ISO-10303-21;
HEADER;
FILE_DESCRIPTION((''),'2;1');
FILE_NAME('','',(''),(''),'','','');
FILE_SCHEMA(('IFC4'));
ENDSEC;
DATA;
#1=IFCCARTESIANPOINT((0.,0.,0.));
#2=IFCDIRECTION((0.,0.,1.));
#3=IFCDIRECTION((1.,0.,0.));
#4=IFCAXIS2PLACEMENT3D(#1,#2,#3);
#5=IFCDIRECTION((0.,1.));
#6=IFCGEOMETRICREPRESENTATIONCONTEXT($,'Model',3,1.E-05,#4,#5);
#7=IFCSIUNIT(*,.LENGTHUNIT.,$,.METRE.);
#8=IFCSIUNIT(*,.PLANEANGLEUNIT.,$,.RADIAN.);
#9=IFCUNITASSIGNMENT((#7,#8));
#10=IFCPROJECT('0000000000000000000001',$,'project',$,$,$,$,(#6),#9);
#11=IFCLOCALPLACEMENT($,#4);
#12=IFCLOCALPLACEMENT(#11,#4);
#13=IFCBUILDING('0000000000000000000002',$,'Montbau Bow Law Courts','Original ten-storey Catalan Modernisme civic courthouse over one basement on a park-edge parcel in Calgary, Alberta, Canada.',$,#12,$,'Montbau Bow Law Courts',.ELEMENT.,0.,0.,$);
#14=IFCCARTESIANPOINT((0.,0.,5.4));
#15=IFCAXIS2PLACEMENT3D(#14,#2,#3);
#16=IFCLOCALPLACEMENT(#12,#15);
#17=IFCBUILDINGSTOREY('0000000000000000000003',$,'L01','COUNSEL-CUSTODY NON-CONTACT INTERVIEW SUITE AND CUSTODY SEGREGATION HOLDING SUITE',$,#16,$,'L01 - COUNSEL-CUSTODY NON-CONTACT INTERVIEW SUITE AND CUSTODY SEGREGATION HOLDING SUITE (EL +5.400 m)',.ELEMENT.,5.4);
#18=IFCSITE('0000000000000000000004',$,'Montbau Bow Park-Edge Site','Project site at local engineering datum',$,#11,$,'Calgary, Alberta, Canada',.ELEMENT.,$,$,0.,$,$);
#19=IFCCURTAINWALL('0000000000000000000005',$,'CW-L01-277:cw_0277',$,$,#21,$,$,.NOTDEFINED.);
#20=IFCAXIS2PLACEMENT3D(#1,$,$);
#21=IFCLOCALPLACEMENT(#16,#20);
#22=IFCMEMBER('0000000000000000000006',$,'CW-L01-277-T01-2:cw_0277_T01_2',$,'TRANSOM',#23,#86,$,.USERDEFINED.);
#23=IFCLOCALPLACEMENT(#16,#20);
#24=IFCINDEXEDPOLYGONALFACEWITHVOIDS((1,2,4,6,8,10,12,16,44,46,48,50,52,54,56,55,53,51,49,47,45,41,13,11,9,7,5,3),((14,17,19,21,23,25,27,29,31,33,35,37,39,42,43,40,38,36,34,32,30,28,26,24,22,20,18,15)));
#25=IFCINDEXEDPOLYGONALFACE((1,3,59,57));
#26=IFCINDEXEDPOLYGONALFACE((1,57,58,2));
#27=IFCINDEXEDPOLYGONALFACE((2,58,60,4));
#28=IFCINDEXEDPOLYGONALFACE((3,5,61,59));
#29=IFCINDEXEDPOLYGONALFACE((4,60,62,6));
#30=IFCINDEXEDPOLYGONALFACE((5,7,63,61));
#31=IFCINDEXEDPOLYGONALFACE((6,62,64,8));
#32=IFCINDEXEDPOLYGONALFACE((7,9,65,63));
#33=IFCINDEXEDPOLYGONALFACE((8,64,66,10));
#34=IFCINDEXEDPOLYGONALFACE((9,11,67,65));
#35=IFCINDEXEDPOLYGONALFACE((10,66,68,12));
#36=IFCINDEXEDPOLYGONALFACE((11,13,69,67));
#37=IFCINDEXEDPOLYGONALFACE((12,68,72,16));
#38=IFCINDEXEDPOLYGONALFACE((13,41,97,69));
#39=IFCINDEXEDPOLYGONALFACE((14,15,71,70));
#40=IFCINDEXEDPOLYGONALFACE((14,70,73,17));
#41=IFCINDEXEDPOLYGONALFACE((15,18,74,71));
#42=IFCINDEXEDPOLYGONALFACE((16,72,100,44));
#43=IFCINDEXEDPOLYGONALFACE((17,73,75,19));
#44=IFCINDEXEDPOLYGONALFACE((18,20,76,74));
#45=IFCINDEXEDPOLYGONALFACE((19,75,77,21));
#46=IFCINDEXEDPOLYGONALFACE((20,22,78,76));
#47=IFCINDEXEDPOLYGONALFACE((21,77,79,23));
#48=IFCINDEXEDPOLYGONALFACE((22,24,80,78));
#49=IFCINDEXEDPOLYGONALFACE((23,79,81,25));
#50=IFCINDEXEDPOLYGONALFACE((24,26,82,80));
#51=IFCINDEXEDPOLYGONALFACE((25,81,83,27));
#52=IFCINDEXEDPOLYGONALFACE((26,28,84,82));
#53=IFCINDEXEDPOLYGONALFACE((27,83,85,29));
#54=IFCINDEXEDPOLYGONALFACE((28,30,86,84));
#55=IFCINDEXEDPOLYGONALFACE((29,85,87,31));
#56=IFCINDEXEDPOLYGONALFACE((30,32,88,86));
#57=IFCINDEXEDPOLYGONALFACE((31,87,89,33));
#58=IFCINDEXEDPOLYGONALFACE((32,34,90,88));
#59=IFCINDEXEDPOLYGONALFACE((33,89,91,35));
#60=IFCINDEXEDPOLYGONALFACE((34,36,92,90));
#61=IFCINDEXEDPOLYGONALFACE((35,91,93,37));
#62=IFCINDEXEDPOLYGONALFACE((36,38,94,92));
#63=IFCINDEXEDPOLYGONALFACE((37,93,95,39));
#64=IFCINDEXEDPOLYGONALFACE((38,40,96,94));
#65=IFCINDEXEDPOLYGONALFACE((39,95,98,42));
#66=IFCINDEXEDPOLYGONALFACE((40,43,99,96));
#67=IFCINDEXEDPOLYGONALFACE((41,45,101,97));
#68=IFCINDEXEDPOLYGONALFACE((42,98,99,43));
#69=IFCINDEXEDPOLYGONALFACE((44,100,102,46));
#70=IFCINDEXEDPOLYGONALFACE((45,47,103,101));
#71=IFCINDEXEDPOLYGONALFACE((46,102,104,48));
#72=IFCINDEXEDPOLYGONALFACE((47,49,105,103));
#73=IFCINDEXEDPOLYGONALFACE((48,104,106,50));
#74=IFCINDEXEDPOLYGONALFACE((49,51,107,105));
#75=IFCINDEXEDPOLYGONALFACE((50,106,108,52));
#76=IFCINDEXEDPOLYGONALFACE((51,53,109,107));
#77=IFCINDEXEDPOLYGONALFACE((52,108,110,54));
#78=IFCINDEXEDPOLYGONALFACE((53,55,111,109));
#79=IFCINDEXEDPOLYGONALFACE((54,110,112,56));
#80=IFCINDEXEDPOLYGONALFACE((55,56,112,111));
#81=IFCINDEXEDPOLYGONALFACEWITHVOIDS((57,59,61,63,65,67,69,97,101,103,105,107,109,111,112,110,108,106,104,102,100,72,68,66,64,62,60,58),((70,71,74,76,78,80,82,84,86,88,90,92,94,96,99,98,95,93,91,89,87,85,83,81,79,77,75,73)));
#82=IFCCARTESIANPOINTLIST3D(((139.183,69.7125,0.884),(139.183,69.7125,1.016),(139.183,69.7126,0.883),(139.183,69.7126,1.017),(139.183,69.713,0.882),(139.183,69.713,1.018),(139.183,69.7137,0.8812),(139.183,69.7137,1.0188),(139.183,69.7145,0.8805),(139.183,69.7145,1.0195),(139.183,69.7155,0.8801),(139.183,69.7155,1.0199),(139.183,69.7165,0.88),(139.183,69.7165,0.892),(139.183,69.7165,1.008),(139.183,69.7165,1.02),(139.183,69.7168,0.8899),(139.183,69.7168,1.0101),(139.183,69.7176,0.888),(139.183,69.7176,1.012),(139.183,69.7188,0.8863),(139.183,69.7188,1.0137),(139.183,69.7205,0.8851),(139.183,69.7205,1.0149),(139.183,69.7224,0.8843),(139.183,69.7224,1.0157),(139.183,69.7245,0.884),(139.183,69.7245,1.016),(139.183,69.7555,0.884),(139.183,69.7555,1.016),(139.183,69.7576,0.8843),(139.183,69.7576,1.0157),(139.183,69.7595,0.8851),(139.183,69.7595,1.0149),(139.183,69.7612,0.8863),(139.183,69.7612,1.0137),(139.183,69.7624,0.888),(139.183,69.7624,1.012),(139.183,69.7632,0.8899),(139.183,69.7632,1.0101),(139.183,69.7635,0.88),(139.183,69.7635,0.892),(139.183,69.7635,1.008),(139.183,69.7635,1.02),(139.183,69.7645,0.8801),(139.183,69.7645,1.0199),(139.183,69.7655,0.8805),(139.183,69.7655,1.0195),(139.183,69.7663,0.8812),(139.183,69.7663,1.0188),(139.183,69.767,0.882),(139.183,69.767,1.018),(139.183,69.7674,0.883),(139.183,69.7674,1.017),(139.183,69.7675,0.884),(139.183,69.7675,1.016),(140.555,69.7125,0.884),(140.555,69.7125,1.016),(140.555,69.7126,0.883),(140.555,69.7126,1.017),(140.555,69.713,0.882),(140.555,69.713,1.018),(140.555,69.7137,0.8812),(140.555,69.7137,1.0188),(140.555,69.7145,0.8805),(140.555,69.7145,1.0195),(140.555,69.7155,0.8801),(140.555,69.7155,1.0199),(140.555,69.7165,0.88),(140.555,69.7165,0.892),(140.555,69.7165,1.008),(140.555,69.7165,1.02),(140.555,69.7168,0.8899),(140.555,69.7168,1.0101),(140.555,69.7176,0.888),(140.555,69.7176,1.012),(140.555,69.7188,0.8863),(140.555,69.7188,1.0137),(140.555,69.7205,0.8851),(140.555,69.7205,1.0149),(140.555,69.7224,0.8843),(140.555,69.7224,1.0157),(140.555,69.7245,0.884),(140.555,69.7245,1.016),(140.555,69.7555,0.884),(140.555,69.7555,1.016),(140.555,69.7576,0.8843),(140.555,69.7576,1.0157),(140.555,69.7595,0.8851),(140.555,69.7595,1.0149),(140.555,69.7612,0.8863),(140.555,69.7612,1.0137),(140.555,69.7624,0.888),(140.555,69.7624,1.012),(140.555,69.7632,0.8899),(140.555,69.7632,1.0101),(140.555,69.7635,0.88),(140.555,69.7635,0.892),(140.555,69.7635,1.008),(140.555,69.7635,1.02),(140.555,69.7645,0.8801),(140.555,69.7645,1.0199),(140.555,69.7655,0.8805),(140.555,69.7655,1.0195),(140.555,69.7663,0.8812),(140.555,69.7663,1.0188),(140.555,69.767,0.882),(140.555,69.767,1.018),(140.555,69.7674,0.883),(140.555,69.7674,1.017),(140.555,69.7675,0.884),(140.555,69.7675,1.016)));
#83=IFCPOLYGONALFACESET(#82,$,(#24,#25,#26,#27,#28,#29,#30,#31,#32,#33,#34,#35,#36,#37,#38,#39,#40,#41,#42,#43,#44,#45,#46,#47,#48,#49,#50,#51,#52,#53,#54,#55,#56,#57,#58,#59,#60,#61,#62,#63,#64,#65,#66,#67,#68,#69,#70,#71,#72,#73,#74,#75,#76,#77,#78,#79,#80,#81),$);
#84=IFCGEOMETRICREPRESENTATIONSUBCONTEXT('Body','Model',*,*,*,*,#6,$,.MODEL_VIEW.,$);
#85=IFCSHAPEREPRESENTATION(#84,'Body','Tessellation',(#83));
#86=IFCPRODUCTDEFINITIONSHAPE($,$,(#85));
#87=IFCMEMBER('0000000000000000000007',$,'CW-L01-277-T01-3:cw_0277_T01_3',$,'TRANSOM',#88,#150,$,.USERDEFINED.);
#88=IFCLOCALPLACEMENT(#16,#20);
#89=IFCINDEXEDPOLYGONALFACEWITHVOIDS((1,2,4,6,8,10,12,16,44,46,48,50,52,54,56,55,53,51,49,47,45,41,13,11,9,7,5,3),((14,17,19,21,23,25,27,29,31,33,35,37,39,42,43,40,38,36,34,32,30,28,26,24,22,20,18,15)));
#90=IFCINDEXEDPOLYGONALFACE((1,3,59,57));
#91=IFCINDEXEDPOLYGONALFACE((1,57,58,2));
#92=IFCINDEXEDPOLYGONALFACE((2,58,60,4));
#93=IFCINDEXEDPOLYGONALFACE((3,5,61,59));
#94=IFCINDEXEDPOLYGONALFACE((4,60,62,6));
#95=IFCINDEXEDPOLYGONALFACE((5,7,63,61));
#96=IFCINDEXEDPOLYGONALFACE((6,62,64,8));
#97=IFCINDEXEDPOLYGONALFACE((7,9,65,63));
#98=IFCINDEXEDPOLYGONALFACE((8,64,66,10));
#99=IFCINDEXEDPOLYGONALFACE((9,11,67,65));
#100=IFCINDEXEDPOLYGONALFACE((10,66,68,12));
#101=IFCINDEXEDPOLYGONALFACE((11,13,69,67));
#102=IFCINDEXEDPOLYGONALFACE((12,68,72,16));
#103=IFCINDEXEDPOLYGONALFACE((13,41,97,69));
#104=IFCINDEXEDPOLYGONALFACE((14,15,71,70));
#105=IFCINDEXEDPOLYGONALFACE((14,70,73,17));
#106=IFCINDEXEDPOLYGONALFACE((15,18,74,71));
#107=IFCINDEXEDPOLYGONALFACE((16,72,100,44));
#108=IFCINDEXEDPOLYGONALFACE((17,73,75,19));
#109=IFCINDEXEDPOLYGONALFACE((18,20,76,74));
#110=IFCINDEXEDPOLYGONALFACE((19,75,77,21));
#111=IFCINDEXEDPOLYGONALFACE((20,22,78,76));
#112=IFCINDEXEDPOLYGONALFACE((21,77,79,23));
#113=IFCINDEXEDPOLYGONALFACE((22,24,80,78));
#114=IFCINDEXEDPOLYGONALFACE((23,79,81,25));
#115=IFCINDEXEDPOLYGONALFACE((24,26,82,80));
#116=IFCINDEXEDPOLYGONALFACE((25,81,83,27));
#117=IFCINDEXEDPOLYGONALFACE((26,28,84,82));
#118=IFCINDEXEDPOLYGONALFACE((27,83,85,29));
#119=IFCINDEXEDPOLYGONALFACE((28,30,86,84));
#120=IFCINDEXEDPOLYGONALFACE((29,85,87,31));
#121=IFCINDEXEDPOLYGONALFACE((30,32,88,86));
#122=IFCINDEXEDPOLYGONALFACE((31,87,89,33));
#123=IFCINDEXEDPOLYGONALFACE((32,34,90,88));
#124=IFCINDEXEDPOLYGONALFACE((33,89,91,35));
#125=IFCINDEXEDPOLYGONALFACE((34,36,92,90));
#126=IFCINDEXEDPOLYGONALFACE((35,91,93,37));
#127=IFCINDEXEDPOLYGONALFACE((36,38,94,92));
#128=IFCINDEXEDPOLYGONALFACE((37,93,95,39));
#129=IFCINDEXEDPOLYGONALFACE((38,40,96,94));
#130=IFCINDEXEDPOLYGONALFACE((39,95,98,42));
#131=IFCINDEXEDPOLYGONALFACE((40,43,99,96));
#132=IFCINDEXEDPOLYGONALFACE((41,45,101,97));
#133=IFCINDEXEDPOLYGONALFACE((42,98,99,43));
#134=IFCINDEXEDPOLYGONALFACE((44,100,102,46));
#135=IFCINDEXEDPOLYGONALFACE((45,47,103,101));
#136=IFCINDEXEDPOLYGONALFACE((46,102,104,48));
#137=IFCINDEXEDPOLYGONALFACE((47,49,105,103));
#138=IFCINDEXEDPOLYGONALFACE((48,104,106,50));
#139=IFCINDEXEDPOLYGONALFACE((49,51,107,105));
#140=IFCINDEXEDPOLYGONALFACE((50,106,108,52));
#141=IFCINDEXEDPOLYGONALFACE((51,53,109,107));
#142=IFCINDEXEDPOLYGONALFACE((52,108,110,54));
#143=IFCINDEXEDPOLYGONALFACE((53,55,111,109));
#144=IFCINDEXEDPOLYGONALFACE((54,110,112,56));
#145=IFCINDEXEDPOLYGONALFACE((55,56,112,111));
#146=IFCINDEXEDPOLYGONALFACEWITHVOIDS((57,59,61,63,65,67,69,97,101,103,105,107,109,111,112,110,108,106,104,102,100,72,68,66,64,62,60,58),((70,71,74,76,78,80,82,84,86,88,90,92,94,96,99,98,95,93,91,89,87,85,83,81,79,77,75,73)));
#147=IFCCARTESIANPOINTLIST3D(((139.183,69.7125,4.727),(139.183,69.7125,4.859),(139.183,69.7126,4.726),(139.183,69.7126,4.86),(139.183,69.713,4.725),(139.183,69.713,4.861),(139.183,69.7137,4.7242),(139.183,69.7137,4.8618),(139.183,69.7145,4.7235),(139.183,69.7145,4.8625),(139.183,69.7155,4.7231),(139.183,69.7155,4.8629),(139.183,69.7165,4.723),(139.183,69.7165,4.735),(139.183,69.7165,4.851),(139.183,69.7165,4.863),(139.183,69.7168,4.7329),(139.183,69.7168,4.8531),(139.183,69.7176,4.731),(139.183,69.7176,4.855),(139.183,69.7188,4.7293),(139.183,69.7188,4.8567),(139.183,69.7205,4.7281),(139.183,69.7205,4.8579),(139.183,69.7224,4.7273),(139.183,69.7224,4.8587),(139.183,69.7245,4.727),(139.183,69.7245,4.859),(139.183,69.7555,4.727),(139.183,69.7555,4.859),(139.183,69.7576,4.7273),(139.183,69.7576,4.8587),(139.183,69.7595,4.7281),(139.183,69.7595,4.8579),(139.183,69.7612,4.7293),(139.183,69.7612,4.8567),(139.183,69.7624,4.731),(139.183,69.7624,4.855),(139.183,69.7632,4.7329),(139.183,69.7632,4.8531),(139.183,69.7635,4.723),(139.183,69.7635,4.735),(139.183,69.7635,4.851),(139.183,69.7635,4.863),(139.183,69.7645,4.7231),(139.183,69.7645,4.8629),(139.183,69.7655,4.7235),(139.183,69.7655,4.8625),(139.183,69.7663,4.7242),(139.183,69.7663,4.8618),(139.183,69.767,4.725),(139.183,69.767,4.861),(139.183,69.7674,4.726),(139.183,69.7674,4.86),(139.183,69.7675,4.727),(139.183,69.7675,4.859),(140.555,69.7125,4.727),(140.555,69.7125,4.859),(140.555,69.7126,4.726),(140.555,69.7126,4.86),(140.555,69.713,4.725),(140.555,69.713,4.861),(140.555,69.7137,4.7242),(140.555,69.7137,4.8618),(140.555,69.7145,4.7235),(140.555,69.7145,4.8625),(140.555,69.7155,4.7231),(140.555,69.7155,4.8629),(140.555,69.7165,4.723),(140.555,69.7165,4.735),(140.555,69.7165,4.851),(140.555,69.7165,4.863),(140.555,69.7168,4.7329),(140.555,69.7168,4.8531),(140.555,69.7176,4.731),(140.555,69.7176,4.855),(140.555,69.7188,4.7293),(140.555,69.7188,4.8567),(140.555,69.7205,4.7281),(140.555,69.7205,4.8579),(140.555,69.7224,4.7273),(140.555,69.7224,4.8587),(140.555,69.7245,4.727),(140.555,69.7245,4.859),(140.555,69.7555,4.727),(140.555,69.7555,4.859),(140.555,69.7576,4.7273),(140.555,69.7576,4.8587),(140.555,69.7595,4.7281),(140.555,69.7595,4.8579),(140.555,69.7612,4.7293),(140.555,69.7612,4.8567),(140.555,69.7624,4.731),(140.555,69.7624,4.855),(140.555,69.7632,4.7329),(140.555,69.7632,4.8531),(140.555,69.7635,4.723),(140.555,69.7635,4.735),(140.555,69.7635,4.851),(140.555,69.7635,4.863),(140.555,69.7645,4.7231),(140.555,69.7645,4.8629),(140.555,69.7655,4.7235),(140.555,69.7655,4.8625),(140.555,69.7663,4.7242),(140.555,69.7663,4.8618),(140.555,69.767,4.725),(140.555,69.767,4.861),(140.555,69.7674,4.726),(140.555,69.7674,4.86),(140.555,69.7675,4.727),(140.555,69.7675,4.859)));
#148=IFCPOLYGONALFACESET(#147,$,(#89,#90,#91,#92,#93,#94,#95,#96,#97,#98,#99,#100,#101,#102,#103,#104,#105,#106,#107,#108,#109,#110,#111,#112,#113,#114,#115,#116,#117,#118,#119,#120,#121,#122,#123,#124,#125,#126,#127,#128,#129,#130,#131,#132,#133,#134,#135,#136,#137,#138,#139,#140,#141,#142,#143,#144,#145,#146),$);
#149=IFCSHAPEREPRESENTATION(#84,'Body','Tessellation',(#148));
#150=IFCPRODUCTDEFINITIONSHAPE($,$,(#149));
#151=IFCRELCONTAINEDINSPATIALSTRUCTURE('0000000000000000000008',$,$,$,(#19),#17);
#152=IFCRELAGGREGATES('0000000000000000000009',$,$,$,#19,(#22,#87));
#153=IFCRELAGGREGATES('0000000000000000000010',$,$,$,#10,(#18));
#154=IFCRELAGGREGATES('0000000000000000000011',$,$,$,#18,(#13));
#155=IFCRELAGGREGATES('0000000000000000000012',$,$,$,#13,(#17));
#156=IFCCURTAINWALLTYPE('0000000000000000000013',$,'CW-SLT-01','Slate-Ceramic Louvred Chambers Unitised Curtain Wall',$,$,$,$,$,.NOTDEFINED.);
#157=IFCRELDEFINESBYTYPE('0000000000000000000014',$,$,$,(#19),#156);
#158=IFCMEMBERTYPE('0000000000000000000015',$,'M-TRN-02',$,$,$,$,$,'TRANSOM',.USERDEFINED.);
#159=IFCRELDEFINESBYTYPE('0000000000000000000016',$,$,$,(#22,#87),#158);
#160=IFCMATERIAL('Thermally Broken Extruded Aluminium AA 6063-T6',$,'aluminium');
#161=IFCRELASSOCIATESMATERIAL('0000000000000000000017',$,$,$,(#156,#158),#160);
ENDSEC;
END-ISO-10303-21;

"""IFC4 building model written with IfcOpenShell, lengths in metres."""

from ifc_helpers import new_model, si_unit, direction, frame, origin_with_axes, origin_2d_with_axis, place, context, subcontext, project, spatial, hollow_rectangle, extrude, material, material_profile, profile_set, type_object, element, aggregate, save


model = new_model("IFC4")

# Units and contexts
model_context = context("Model", 3, precision=1e-05, world=origin_with_axes(), true_north=direction((0.0, 1.0)))
body_context = subcontext(model_context, "Body", "Model", "MODEL_VIEW")
ifc_project = project(units=[si_unit("LENGTHUNIT", "METRE"), si_unit("PLANEANGLEUNIT", "RADIAN")], contexts=[model_context])

# Site, building, storey
site_placement = place(None, origin_with_axes())
site = spatial("IfcSite", under=ifc_project, at=site_placement, Name="Montbau Bow Park-Edge Site", Description="Project site at local engineering datum", LongName="Calgary, Alberta, Canada", CompositionType="ELEMENT", RefElevation=0.0)
building_placement = place(site_placement, origin_with_axes())
building = spatial("IfcBuilding", under=site, at=building_placement, Name="Montbau Bow Law Courts", Description="Original ten-storey Catalan Modernisme civic courthouse over one basement on a park-edge parcel in Calgary, Alberta, Canada.", LongName="Montbau Bow Law Courts", CompositionType="ELEMENT", ElevationOfRefHeight=0.0, ElevationOfTerrain=0.0)
storey_placement = place(building_placement, frame((0.0, 0.0, 5.4), z_axis=(0.0, 0.0, 1.0), x_axis=(1.0, 0.0, 0.0)))
storey = spatial("IfcBuildingStorey", under=building, at=storey_placement, Name="L01", Description="COUNSEL-CUSTODY NON-CONTACT INTERVIEW SUITE AND CUSTODY SEGREGATION HOLDING SUITE", LongName="L01 - COUNSEL-CUSTODY NON-CONTACT INTERVIEW SUITE AND CUSTODY SEGREGATION HOLDING SUITE (EL +5.400 m)", CompositionType="ELEMENT", Elevation=5.4)

# Curtain wall, members
ifc_material_1 = material(Name="Thermally Broken Extruded Aluminium AA 6063-T6", Category="aluminium")
curtain_wall_type = type_object("IfcCurtainWallType", Name="CW-SLT-01", Description="Slate-Ceramic Louvred Chambers Unitised Curtain Wall", PredefinedType="NOTDEFINED", material=ifc_material_1)
curtain_wall_1_placement = place(None, frame((139.115, 69.74, 5.4), z_axis=(0.0, 0.0, 1.0), x_axis=(1.0, 0.0, 0.0)))
curtain_wall_1 = element("IfcCurtainWall", 1, at=curtain_wall_1_placement, inside=storey, type_object=curtain_wall_type, Name="CW-L01-277:cw_0277", PredefinedType="NOTDEFINED")
ifc_material_profile = material_profile(ifc_material_1, hollow_rectangle(XDim=0.055, YDim=0.14, WallThickness=0.004, InnerFilletRadius=0.008, OuterFilletRadius=0.004, at=origin_2d_with_axis()), Name="CWT-140X55", Category="Main", Priority=0)
ifc_profile_set = profile_set([ifc_material_profile], Name="Thermally Broken Extruded Aluminium AA 6063-T6")
member_type = type_object("IfcMemberType", Name="M-TRN-02", ElementType="TRANSOM", PredefinedType="USERDEFINED", material=ifc_profile_set)
member_1_placement = place(None, frame((139.183, 69.74, 6.35), z_axis=(1.0, 0.0, 0.0), x_axis=(0.0, 1.0, 0.0)))
member_1 = element("IfcMember", 2, at=member_1_placement, type_object=member_type, Name="CW-L01-277-T01-2:cw_0277_T01_2", ObjectType="TRANSOM", PredefinedType="USERDEFINED", context=body_context, shape_type="SweptSolid", body=[
    extrude(hollow_rectangle(XDim=0.055, YDim=0.14, WallThickness=0.004, InnerFilletRadius=0.008, OuterFilletRadius=0.004, at=origin_2d_with_axis()), origin_with_axes(), (0.0, 0.0, 1.0), 1.372),
])
member_2_placement = place(None, frame((139.183, 69.74, 10.193), z_axis=(1.0, 0.0, 0.0), x_axis=(0.0, 1.0, 0.0)))
member_2 = element("IfcMember", 3, at=member_2_placement, type_object=member_type, Name="CW-L01-277-T01-3:cw_0277_T01_3", ObjectType="TRANSOM", PredefinedType="USERDEFINED", context=body_context, shape_type="SweptSolid", body=[
    extrude(hollow_rectangle(XDim=0.055, YDim=0.14, WallThickness=0.004, InnerFilletRadius=0.008, OuterFilletRadius=0.004, at=origin_2d_with_axis()), origin_with_axes(), (0.0, 0.0, 1.0), 1.372),
])

aggregate(curtain_wall_1, [member_1, member_2])

save(model, "model.ifc")
